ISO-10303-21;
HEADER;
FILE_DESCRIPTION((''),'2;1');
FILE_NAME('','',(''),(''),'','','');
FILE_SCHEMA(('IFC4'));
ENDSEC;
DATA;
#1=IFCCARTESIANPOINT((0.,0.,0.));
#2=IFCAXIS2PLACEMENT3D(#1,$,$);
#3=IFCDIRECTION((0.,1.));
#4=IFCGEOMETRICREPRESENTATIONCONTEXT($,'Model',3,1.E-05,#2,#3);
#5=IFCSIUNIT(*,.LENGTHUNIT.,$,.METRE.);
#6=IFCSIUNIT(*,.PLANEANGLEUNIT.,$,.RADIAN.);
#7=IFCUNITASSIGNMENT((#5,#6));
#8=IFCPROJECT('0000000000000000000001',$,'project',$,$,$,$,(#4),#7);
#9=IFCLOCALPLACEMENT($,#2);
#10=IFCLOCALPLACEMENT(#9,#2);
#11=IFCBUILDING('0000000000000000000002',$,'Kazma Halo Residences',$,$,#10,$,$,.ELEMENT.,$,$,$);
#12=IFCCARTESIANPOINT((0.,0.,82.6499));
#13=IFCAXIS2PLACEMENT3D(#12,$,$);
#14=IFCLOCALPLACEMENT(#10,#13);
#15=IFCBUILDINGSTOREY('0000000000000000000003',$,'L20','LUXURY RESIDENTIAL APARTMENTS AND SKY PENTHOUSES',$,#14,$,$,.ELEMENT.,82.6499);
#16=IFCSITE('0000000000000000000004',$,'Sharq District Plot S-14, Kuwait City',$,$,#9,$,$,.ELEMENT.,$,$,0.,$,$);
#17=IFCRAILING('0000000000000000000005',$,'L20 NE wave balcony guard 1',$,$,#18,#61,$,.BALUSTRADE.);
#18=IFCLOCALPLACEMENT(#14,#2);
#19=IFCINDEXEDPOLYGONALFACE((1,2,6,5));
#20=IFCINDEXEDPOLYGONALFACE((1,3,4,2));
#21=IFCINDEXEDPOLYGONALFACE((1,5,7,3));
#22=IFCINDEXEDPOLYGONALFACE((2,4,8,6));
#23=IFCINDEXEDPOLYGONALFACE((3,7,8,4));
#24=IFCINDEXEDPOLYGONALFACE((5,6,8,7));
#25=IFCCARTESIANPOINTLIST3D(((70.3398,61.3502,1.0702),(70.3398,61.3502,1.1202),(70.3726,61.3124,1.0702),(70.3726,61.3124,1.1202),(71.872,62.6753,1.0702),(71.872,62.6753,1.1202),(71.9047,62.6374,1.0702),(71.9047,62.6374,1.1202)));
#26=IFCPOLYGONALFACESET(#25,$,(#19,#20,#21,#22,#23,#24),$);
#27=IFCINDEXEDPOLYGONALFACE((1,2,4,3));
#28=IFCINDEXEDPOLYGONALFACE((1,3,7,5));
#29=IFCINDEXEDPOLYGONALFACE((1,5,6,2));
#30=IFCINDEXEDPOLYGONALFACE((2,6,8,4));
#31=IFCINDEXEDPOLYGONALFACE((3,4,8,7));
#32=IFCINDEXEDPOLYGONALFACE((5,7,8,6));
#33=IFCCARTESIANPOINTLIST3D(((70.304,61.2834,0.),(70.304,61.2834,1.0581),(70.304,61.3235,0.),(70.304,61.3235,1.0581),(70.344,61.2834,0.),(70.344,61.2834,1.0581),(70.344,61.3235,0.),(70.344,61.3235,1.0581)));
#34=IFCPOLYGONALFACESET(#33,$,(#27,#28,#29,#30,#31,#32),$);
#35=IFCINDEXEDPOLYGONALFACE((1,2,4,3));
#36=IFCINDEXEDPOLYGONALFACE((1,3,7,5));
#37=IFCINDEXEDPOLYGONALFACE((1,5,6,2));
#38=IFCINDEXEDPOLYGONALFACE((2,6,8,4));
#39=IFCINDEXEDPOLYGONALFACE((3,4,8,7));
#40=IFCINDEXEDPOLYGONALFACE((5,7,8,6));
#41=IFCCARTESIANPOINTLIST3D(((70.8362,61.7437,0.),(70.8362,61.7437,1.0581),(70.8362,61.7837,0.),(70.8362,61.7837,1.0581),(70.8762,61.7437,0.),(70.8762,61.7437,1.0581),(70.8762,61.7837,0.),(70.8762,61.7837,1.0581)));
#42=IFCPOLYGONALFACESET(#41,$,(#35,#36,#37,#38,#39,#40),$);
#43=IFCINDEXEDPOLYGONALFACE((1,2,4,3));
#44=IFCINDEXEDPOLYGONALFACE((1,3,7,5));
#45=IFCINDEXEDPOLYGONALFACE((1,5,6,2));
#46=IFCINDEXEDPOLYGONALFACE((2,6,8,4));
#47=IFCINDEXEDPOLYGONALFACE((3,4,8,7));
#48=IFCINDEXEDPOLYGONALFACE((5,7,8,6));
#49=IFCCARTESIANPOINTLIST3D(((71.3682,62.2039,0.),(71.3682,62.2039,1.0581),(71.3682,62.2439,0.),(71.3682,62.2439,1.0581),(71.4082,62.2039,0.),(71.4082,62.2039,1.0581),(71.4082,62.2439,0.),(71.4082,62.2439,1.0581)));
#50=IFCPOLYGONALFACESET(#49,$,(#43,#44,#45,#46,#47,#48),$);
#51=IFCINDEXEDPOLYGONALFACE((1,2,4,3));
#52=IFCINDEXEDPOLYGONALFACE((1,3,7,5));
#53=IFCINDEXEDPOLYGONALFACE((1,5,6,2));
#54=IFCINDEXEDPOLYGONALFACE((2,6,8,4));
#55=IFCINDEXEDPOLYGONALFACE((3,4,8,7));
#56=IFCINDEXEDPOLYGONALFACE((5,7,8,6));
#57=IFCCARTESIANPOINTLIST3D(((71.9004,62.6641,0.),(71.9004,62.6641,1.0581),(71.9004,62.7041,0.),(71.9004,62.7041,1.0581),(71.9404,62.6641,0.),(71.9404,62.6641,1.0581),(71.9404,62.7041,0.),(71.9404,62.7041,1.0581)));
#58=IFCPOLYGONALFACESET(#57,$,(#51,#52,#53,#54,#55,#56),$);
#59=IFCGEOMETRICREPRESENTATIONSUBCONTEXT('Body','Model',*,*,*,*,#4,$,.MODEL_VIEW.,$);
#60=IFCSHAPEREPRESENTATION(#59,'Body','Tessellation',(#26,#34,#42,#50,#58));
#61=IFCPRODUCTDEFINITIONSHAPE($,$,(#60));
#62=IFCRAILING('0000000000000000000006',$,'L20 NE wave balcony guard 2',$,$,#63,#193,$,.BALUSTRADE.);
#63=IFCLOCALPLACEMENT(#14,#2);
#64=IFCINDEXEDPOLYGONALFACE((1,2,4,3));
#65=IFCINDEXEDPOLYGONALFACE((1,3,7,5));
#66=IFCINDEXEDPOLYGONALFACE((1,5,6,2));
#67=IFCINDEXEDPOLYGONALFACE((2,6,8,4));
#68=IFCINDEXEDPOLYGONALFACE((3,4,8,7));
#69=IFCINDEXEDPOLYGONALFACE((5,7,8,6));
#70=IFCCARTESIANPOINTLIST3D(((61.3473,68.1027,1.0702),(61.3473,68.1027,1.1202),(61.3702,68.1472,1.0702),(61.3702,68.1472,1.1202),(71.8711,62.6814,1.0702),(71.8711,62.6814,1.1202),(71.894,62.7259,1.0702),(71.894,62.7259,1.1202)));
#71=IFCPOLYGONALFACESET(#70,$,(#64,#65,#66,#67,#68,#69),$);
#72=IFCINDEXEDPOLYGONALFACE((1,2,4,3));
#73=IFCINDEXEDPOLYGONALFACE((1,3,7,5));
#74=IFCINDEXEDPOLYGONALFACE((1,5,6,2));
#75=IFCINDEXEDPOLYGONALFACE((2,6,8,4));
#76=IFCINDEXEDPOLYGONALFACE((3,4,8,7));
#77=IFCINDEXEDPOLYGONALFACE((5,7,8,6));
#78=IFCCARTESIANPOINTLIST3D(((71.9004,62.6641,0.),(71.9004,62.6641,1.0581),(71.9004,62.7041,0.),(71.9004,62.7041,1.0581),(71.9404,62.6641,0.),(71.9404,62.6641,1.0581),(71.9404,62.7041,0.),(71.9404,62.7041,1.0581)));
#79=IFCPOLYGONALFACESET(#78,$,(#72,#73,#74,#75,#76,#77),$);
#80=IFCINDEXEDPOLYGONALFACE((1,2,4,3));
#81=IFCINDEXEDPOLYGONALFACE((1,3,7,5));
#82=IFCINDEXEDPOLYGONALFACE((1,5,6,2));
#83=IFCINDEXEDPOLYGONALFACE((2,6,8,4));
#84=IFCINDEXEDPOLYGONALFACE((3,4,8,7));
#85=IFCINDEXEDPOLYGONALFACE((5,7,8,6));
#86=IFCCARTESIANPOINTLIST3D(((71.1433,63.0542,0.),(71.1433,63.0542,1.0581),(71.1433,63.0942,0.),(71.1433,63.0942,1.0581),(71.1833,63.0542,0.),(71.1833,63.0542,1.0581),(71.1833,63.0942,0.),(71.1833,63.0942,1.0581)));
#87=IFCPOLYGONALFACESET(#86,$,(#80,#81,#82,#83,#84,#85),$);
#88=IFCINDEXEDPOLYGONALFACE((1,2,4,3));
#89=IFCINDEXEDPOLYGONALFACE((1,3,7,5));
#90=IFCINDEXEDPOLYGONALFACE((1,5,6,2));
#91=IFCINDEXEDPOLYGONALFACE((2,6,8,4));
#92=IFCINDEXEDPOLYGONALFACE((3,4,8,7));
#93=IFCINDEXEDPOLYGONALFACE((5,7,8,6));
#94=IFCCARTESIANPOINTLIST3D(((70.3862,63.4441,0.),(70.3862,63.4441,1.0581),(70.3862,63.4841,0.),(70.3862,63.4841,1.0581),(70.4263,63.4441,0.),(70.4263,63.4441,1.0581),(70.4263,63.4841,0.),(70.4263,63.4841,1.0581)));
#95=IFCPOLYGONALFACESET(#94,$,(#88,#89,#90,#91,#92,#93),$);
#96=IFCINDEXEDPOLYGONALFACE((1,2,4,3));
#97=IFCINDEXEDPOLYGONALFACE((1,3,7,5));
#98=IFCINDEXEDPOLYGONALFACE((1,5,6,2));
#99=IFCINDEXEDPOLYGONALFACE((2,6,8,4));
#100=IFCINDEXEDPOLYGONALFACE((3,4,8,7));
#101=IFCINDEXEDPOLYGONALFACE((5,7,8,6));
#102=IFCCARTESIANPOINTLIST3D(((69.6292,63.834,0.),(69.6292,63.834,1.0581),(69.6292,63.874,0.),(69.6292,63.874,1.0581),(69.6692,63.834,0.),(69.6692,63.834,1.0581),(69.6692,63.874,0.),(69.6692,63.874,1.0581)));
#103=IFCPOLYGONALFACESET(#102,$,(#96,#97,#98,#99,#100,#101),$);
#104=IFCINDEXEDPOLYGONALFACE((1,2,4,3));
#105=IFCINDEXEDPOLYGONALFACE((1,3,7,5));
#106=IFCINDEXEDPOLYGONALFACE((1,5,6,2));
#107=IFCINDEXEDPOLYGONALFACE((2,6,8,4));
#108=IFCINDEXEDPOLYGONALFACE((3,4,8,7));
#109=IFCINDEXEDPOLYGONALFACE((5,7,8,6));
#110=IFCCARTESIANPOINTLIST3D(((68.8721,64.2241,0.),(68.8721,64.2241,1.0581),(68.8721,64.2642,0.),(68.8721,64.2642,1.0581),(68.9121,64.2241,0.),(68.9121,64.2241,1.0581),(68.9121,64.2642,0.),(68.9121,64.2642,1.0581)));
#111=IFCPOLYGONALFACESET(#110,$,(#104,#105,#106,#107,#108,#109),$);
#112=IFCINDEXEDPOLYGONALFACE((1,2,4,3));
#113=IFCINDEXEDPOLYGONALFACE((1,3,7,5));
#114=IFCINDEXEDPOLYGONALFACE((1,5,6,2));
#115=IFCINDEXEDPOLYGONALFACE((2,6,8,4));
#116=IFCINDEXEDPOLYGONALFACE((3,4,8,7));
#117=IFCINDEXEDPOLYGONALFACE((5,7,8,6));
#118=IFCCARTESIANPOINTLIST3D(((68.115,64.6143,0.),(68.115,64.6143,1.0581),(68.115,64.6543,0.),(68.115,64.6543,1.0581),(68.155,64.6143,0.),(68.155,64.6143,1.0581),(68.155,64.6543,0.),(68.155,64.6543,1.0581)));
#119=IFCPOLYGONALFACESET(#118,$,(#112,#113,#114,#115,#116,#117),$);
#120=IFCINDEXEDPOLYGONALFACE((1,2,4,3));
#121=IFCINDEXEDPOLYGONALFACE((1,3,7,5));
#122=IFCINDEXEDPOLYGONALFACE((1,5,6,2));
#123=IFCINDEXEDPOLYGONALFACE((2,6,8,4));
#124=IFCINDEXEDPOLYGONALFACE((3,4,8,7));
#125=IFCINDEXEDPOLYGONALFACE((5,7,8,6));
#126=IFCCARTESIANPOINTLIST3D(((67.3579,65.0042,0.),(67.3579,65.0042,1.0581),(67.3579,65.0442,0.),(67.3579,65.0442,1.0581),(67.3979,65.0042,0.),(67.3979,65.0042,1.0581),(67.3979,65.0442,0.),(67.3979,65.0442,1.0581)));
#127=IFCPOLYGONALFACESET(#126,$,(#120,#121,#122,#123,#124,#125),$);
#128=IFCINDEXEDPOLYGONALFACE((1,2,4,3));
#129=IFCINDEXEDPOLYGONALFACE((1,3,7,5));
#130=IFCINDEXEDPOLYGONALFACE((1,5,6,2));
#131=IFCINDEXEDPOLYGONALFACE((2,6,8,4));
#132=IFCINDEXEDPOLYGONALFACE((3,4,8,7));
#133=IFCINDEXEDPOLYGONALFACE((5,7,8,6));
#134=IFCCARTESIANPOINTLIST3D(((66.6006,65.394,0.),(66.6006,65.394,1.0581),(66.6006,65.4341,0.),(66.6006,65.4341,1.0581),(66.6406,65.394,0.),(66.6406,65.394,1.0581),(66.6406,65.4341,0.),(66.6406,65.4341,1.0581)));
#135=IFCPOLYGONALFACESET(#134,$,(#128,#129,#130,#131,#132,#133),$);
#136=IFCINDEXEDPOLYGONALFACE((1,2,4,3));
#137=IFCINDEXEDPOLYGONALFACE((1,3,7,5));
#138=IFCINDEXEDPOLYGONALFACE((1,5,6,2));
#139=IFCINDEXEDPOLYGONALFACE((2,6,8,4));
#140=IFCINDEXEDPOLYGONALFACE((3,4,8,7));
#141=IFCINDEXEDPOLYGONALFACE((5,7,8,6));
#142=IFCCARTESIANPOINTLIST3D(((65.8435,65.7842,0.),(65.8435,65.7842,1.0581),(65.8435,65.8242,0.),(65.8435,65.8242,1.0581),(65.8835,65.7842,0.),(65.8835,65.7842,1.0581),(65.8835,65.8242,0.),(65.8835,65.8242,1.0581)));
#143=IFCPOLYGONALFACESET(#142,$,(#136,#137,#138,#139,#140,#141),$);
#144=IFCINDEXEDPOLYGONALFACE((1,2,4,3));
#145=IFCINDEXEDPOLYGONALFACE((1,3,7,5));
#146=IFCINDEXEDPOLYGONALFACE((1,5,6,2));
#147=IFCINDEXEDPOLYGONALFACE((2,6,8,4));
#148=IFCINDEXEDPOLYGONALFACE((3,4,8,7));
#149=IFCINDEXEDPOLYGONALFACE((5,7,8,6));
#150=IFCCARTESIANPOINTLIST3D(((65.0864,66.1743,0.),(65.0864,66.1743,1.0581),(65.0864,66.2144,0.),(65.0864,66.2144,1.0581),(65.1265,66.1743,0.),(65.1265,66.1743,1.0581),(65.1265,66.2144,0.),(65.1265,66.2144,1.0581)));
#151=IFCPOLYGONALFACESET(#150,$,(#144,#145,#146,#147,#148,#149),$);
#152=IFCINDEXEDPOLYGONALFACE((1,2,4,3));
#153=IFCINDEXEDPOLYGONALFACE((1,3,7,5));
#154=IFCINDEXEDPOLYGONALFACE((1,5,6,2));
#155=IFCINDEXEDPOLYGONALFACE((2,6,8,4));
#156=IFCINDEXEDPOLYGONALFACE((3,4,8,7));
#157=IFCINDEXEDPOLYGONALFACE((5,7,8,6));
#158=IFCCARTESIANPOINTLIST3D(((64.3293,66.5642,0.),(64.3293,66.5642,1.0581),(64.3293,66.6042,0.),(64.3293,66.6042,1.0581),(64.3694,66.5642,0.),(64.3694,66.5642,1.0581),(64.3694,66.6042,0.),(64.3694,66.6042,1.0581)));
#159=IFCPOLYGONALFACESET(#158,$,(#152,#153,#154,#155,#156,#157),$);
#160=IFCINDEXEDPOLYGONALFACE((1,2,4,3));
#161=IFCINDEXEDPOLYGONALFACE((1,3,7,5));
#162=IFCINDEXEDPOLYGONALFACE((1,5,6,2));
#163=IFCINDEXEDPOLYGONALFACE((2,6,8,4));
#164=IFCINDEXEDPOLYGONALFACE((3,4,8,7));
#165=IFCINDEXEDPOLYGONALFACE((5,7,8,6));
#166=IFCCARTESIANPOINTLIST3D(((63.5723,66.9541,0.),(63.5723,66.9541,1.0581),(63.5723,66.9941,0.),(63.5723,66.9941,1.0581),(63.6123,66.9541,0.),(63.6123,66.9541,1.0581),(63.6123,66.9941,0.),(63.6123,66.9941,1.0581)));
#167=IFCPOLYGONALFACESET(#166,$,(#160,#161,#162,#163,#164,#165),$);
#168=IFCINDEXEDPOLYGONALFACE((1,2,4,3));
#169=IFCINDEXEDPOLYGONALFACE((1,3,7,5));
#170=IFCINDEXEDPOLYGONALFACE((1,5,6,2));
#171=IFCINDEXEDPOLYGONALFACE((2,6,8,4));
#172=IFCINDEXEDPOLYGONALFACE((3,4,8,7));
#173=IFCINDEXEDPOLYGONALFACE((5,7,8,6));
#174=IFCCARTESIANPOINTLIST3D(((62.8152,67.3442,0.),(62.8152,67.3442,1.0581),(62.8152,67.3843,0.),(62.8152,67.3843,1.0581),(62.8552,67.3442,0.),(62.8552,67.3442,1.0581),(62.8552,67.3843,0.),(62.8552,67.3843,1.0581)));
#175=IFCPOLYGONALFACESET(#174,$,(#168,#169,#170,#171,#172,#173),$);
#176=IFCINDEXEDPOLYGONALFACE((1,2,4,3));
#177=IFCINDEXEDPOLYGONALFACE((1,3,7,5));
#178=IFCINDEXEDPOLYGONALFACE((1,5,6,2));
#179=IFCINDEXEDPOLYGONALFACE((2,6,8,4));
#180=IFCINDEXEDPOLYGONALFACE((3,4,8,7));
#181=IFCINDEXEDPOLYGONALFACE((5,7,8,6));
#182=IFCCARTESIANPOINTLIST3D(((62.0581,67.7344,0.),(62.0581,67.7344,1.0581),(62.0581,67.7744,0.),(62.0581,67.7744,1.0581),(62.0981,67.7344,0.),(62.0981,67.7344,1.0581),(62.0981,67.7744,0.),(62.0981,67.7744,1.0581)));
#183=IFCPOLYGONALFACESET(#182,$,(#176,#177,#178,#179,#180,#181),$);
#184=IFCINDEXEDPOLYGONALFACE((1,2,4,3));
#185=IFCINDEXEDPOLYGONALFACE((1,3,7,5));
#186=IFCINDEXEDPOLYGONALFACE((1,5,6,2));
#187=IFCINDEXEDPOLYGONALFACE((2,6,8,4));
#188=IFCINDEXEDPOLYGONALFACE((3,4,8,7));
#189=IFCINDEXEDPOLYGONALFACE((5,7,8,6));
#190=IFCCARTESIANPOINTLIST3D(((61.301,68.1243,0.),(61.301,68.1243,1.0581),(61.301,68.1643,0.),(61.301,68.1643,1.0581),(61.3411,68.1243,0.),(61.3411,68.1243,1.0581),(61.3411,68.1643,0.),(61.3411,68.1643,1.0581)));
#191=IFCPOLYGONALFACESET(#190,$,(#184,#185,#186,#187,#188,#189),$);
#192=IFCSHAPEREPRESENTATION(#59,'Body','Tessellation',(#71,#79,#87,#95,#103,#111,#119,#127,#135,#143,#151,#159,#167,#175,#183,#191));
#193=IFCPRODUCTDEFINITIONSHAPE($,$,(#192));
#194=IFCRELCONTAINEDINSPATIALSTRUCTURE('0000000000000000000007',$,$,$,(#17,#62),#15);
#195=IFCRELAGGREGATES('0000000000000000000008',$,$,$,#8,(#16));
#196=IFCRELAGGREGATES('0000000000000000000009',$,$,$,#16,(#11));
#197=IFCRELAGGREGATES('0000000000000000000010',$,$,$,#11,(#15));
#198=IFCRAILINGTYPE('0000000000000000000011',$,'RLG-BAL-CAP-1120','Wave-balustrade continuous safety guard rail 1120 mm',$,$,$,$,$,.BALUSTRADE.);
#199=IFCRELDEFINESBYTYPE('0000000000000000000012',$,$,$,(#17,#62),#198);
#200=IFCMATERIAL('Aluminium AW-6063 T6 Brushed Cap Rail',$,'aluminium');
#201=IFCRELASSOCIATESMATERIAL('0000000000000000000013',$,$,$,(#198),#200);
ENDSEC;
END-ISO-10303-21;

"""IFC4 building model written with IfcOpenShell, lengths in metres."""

from ifc_helpers import new_model, si_unit, direction, frame, origin, origin_2d, place, context, subcontext, project, spatial, rectangle, extrude, material, type_object, element, save


model = new_model("IFC4")

# Units and contexts
model_context = context("Model", 3, precision=1e-05, world=origin(), true_north=direction((0.0, 1.0)))
body_context = subcontext(model_context, "Body", "Model", "MODEL_VIEW")
ifc_project = project(units=[si_unit("LENGTHUNIT", "METRE"), si_unit("PLANEANGLEUNIT", "RADIAN")], contexts=[model_context])

# Site, building, storey
site_placement = place(None, origin())
site = spatial("IfcSite", under=ifc_project, at=site_placement, Name="Sharq District Plot S-14, Kuwait City", CompositionType="ELEMENT", RefElevation=0.0)
building_placement = place(site_placement, origin())
building = spatial("IfcBuilding", under=site, at=building_placement, Name="Kazma Halo Residences", CompositionType="ELEMENT")
storey_placement = place(building_placement, frame((0.0, 0.0, 82.6499)))
storey = spatial("IfcBuildingStorey", under=building, at=storey_placement, Name="L20", Description="LUXURY RESIDENTIAL APARTMENTS AND SKY PENTHOUSES", CompositionType="ELEMENT", Elevation=82.6499)

# Railings
ifc_material_1 = material(Name="Aluminium AW-6063 T6 Brushed Cap Rail", Category="aluminium")
railing_type = type_object("IfcRailingType", Name="RLG-BAL-CAP-1120", Description="Wave-balustrade continuous safety guard rail 1120 mm", PredefinedType="BALUSTRADE", material=ifc_material_1)
railing_1_placement = place(storey_placement, frame((70.324, 61.3035, 0.0)))
element("IfcRailing", 1, at=railing_1_placement, inside=storey, type_object=railing_type, Name="L20 NE wave balcony guard 1", PredefinedType="BALUSTRADE", context=body_context, shape_type="SweptSolid", body=[
    extrude(rectangle(XDim=0.05, YDim=0.05, at=origin_2d()), frame((0.0322, 0.0278, 1.0952), z_axis=(0.756383, 0.654129, 0.0), x_axis=(-0.654129, 0.756383, 0.0)), (0.0, 0.0, 1.0), 2.0256),
    extrude(rectangle(XDim=0.04, YDim=0.04, at=origin_2d()), origin(), (0.0, 0.0, 1.0), 1.0581),
    extrude(rectangle(XDim=0.04, YDim=0.04, at=origin_2d()), frame((0.5322, 0.4602, 0.0)), (0.0, 0.0, 1.0), 1.0581),
    extrude(rectangle(XDim=0.04, YDim=0.04, at=origin_2d()), frame((1.0642, 0.9204, 0.0)), (0.0, 0.0, 1.0), 1.0581),
    extrude(rectangle(XDim=0.04, YDim=0.04, at=origin_2d()), frame((1.5964, 1.3806, 0.0)), (0.0, 0.0, 1.0), 1.0581),
])
railing_2_placement = place(storey_placement, frame((71.9204, 62.6841, 0.0)))
element("IfcRailing", 2, at=railing_2_placement, inside=storey, type_object=railing_type, Name="L20 NE wave balcony guard 2", PredefinedType="BALUSTRADE", context=body_context, shape_type="SweptSolid", body=[
    extrude(rectangle(XDim=0.05, YDim=0.05, at=origin_2d()), frame((-0.0378, 0.0195, 1.0952), z_axis=(-0.888977, 0.457952, 0.0), x_axis=(-0.457952, -0.888977, 0.0)), (0.0, 0.0, 1.0), 11.8381),
    extrude(rectangle(XDim=0.04, YDim=0.04, at=origin_2d()), origin(), (0.0, 0.0, 1.0), 1.0581),
    extrude(rectangle(XDim=0.04, YDim=0.04, at=origin_2d()), frame((-0.7571, 0.3901, 0.0)), (0.0, 0.0, 1.0), 1.0581),
    extrude(rectangle(XDim=0.04, YDim=0.04, at=origin_2d()), frame((-1.5142, 0.78, 0.0)), (0.0, 0.0, 1.0), 1.0581),
    extrude(rectangle(XDim=0.04, YDim=0.04, at=origin_2d()), frame((-2.2712, 1.1699, 0.0)), (0.0, 0.0, 1.0), 1.0581),
    extrude(rectangle(XDim=0.04, YDim=0.04, at=origin_2d()), frame((-3.0283, 1.5601, 0.0)), (0.0, 0.0, 1.0), 1.0581),
    extrude(rectangle(XDim=0.04, YDim=0.04, at=origin_2d()), frame((-3.7854, 1.9502, 0.0)), (0.0, 0.0, 1.0), 1.0581),
    extrude(rectangle(XDim=0.04, YDim=0.04, at=origin_2d()), frame((-4.5425, 2.3401, 0.0)), (0.0, 0.0, 1.0), 1.0581),
    extrude(rectangle(XDim=0.04, YDim=0.04, at=origin_2d()), frame((-5.2998, 2.73, 0.0)), (0.0, 0.0, 1.0), 1.0581),
    extrude(rectangle(XDim=0.04, YDim=0.04, at=origin_2d()), frame((-6.0569, 3.1201, 0.0)), (0.0, 0.0, 1.0), 1.0581),
    extrude(rectangle(XDim=0.04, YDim=0.04, at=origin_2d()), frame((-6.814, 3.5103, 0.0)), (0.0, 0.0, 1.0), 1.0581),
    extrude(rectangle(XDim=0.04, YDim=0.04, at=origin_2d()), frame((-7.571, 3.9001, 0.0)), (0.0, 0.0, 1.0), 1.0581),
    extrude(rectangle(XDim=0.04, YDim=0.04, at=origin_2d()), frame((-8.3281, 4.29, 0.0)), (0.0, 0.0, 1.0), 1.0581),
    extrude(rectangle(XDim=0.04, YDim=0.04, at=origin_2d()), frame((-9.0852, 4.6802, 0.0)), (0.0, 0.0, 1.0), 1.0581),
    extrude(rectangle(XDim=0.04, YDim=0.04, at=origin_2d()), frame((-9.8423, 5.0703, 0.0)), (0.0, 0.0, 1.0), 1.0581),
    extrude(rectangle(XDim=0.04, YDim=0.04, at=origin_2d()), frame((-10.5994, 5.4602, 0.0)), (0.0, 0.0, 1.0), 1.0581),
])

save(model, "model.ifc")
